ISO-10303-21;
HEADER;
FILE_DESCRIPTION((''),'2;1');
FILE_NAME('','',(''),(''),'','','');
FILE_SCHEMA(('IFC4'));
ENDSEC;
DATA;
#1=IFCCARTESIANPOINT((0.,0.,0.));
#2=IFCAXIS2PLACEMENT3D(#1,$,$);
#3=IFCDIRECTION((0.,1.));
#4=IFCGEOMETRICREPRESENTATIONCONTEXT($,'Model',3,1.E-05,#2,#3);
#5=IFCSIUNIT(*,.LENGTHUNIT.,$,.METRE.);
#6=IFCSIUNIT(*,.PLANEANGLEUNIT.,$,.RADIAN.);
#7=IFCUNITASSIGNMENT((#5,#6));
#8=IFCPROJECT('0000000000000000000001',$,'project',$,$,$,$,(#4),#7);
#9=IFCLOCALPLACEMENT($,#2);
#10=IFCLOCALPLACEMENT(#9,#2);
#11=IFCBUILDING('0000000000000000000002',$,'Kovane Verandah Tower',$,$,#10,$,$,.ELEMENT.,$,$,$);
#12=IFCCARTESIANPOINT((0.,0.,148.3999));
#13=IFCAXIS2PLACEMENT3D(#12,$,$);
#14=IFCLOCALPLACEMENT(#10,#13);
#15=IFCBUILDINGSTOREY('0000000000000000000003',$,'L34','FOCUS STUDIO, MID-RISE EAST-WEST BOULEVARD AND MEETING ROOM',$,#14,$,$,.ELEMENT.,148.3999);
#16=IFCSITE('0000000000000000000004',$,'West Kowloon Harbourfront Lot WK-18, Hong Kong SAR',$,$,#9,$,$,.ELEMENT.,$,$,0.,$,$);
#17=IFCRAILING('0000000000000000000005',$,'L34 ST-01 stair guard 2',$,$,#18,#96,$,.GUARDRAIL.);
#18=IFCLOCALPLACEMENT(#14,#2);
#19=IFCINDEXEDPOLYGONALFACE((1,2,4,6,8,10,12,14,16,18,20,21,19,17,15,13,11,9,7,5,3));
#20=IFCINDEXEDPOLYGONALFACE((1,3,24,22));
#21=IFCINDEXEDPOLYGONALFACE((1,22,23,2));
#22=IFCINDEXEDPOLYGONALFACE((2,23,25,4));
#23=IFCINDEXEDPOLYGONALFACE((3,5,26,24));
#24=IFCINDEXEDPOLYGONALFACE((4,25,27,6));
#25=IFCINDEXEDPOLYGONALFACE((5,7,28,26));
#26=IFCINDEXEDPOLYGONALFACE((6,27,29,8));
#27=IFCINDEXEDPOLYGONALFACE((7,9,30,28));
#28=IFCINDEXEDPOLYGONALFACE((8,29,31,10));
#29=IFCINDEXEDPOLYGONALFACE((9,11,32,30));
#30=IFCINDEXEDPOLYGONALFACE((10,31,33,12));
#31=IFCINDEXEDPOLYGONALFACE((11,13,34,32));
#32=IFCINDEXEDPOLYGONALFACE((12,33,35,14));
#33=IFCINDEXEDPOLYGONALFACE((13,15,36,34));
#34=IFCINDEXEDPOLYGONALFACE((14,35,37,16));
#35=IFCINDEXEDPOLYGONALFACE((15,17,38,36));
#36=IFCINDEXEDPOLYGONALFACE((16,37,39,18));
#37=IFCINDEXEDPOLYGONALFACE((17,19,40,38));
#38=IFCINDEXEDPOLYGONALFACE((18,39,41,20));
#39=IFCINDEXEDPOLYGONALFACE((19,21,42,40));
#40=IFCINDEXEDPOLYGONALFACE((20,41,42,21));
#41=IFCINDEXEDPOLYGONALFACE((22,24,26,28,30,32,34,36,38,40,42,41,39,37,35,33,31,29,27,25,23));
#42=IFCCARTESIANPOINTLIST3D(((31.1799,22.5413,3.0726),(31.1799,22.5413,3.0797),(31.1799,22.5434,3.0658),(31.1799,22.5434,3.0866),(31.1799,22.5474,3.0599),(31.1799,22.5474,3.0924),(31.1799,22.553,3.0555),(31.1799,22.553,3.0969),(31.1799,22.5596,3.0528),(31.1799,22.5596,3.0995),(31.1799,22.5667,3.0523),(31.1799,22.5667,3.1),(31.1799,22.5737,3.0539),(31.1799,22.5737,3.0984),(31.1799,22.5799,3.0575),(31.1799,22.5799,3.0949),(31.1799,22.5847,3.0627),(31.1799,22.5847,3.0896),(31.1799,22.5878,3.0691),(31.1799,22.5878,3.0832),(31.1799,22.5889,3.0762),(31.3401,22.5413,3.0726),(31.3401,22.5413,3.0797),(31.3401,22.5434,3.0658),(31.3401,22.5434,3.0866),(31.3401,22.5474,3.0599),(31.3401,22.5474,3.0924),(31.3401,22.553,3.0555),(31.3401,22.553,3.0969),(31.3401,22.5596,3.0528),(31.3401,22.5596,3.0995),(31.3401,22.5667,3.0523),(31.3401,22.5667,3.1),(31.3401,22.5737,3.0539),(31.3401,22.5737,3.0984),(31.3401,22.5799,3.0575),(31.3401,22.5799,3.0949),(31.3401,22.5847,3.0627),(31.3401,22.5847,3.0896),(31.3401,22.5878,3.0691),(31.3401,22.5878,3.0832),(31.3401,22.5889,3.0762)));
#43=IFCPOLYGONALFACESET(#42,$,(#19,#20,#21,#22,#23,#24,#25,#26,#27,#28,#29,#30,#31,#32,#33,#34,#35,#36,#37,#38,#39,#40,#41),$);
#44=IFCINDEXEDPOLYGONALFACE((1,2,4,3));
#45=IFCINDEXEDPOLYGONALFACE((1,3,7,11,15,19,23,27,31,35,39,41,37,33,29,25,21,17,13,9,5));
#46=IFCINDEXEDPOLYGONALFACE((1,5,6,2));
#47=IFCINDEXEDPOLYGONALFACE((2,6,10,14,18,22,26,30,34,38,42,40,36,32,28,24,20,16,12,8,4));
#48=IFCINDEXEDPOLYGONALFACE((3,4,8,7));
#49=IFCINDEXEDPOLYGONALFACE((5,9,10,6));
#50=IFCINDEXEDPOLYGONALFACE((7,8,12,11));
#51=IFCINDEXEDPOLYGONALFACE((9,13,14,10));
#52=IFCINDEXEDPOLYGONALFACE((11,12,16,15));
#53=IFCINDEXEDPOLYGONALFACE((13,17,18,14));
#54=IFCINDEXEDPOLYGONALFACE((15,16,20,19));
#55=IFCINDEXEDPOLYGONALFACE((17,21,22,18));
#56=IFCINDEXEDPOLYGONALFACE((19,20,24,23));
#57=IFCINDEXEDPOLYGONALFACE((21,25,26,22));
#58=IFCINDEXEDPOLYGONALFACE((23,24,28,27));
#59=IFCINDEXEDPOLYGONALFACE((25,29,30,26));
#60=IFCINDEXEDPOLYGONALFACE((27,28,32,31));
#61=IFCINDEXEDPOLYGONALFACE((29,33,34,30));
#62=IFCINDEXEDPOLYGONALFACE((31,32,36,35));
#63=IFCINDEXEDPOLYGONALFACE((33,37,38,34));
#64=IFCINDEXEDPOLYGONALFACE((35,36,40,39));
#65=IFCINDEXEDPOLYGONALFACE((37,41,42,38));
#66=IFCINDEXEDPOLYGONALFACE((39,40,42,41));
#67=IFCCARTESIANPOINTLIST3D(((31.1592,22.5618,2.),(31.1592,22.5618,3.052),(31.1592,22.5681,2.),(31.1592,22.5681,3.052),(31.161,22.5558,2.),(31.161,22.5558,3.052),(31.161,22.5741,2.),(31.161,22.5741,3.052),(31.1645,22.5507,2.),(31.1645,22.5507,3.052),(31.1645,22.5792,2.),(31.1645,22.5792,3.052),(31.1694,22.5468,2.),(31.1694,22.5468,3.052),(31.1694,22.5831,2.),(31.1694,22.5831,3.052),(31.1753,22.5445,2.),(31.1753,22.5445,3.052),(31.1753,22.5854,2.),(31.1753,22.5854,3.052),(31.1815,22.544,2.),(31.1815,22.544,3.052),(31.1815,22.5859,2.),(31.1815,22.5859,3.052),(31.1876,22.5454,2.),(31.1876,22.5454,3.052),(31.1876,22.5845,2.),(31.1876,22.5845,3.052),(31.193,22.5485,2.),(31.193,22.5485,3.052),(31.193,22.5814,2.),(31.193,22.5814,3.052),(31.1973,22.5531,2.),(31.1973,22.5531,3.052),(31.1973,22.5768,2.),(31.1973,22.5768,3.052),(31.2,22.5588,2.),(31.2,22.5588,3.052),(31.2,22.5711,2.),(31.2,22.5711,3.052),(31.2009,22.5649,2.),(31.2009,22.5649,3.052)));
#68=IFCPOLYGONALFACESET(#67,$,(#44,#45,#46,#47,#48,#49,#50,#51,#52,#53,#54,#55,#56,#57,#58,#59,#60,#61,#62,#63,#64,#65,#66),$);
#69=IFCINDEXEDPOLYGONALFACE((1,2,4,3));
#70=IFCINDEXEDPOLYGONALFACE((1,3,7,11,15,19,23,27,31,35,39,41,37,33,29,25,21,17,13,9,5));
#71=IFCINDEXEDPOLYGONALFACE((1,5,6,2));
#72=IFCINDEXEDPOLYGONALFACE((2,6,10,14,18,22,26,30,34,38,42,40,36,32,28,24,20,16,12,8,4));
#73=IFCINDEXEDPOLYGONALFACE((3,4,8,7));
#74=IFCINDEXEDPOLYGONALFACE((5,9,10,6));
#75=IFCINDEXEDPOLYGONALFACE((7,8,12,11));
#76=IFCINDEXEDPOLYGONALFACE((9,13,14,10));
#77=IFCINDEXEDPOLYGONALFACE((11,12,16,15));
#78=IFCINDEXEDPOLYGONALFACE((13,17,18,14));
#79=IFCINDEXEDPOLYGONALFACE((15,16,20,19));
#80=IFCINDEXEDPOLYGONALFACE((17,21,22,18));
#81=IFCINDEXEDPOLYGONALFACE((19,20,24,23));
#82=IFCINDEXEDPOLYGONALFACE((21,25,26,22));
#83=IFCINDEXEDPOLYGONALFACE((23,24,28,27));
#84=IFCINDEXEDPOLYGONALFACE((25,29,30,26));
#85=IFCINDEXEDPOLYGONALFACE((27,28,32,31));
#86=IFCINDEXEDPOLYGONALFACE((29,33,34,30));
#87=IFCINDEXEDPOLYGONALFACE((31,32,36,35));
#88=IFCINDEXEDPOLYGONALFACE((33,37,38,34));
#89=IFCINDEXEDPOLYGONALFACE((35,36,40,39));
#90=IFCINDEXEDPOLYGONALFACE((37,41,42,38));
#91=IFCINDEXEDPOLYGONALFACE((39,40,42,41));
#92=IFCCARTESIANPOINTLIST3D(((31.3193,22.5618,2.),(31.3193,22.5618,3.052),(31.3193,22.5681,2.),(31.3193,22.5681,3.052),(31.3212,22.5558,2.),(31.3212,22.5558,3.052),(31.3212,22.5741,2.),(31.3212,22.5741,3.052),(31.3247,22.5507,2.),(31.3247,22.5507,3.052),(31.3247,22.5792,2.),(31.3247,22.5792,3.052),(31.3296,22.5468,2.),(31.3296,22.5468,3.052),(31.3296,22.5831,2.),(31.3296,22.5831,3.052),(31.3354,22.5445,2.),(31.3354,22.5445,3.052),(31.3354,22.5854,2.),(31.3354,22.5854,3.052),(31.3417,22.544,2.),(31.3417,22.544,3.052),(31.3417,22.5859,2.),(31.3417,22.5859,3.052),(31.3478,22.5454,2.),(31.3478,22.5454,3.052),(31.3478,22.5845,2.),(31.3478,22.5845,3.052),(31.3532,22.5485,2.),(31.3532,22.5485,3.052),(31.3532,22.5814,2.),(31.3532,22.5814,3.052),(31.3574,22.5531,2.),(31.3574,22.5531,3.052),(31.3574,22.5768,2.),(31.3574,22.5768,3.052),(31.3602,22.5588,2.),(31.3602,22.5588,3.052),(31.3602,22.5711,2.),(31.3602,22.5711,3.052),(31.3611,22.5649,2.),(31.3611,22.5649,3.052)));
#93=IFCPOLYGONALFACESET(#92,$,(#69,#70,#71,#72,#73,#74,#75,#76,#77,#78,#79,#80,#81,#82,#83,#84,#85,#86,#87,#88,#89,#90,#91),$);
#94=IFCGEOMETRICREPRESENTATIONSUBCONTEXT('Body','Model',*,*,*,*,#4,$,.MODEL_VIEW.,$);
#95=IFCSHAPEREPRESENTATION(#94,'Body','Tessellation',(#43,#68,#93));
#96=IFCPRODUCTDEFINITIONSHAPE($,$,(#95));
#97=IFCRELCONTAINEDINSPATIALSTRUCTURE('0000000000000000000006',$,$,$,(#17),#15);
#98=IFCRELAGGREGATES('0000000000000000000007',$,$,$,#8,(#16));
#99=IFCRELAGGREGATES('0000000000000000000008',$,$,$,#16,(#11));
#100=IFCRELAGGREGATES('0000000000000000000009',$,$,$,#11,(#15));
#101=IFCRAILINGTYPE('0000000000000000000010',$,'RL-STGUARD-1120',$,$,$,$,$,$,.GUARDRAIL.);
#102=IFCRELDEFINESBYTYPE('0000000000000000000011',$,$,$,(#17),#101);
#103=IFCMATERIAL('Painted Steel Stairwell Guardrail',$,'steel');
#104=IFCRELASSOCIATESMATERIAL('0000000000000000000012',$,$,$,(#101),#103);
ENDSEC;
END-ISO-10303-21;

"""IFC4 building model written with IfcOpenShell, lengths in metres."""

from ifc_helpers import new_model, si_unit, direction, frame, origin, origin_2d, place, context, subcontext, project, spatial, circle, extrude, material, type_object, element, save


model = new_model("IFC4")

# Units and contexts
model_context = context("Model", 3, precision=1e-05, world=origin(), true_north=direction((0.0, 1.0)))
body_context = subcontext(model_context, "Body", "Model", "MODEL_VIEW")
ifc_project = project(units=[si_unit("LENGTHUNIT", "METRE"), si_unit("PLANEANGLEUNIT", "RADIAN")], contexts=[model_context])

# Site, building, storey
site_placement = place(None, origin())
site = spatial("IfcSite", under=ifc_project, at=site_placement, Name="West Kowloon Harbourfront Lot WK-18, Hong Kong SAR", CompositionType="ELEMENT", RefElevation=0.0)
building_placement = place(site_placement, origin())
building = spatial("IfcBuilding", under=site, at=building_placement, Name="Kovane Verandah Tower", CompositionType="ELEMENT")
storey_placement = place(building_placement, frame((0.0, 0.0, 148.3999)))
storey = spatial("IfcBuildingStorey", under=building, at=storey_placement, Name="L34", Description="FOCUS STUDIO, MID-RISE EAST-WEST BOULEVARD AND MEETING ROOM", CompositionType="ELEMENT", Elevation=148.3999)

# Railing
ifc_material_1 = material(Name="Painted Steel Stairwell Guardrail", Category="steel")
railing_type_1 = type_object("IfcRailingType", Name="RL-STGUARD-1120", PredefinedType="GUARDRAIL", material=ifc_material_1)
railing_1_placement = place(storey_placement, frame((31.1799, 22.5649, 2.0)))
element("IfcRailing", 1, at=railing_1_placement, inside=storey, type_object=railing_type_1, Name="L34 ST-01 stair guard 2", PredefinedType="GUARDRAIL", context=body_context, shape_type="SweptSolid", body=[
    extrude(circle(Radius=0.0239, at=origin_2d()), frame((0.0, 0.0, 1.0762), z_axis=(1.0, 0.0, 0.0), x_axis=(0.0, 1.0, 0.0)), (0.0, 0.0, 1.0), 0.1602),
    extrude(circle(Radius=0.021, at=origin_2d()), origin(), (0.0, 0.0, 1.0), 1.052),
    extrude(circle(Radius=0.021, at=origin_2d()), frame((0.1602, 0.0, 0.0)), (0.0, 0.0, 1.0), 1.052),
])

save(model, "model.ifc")
